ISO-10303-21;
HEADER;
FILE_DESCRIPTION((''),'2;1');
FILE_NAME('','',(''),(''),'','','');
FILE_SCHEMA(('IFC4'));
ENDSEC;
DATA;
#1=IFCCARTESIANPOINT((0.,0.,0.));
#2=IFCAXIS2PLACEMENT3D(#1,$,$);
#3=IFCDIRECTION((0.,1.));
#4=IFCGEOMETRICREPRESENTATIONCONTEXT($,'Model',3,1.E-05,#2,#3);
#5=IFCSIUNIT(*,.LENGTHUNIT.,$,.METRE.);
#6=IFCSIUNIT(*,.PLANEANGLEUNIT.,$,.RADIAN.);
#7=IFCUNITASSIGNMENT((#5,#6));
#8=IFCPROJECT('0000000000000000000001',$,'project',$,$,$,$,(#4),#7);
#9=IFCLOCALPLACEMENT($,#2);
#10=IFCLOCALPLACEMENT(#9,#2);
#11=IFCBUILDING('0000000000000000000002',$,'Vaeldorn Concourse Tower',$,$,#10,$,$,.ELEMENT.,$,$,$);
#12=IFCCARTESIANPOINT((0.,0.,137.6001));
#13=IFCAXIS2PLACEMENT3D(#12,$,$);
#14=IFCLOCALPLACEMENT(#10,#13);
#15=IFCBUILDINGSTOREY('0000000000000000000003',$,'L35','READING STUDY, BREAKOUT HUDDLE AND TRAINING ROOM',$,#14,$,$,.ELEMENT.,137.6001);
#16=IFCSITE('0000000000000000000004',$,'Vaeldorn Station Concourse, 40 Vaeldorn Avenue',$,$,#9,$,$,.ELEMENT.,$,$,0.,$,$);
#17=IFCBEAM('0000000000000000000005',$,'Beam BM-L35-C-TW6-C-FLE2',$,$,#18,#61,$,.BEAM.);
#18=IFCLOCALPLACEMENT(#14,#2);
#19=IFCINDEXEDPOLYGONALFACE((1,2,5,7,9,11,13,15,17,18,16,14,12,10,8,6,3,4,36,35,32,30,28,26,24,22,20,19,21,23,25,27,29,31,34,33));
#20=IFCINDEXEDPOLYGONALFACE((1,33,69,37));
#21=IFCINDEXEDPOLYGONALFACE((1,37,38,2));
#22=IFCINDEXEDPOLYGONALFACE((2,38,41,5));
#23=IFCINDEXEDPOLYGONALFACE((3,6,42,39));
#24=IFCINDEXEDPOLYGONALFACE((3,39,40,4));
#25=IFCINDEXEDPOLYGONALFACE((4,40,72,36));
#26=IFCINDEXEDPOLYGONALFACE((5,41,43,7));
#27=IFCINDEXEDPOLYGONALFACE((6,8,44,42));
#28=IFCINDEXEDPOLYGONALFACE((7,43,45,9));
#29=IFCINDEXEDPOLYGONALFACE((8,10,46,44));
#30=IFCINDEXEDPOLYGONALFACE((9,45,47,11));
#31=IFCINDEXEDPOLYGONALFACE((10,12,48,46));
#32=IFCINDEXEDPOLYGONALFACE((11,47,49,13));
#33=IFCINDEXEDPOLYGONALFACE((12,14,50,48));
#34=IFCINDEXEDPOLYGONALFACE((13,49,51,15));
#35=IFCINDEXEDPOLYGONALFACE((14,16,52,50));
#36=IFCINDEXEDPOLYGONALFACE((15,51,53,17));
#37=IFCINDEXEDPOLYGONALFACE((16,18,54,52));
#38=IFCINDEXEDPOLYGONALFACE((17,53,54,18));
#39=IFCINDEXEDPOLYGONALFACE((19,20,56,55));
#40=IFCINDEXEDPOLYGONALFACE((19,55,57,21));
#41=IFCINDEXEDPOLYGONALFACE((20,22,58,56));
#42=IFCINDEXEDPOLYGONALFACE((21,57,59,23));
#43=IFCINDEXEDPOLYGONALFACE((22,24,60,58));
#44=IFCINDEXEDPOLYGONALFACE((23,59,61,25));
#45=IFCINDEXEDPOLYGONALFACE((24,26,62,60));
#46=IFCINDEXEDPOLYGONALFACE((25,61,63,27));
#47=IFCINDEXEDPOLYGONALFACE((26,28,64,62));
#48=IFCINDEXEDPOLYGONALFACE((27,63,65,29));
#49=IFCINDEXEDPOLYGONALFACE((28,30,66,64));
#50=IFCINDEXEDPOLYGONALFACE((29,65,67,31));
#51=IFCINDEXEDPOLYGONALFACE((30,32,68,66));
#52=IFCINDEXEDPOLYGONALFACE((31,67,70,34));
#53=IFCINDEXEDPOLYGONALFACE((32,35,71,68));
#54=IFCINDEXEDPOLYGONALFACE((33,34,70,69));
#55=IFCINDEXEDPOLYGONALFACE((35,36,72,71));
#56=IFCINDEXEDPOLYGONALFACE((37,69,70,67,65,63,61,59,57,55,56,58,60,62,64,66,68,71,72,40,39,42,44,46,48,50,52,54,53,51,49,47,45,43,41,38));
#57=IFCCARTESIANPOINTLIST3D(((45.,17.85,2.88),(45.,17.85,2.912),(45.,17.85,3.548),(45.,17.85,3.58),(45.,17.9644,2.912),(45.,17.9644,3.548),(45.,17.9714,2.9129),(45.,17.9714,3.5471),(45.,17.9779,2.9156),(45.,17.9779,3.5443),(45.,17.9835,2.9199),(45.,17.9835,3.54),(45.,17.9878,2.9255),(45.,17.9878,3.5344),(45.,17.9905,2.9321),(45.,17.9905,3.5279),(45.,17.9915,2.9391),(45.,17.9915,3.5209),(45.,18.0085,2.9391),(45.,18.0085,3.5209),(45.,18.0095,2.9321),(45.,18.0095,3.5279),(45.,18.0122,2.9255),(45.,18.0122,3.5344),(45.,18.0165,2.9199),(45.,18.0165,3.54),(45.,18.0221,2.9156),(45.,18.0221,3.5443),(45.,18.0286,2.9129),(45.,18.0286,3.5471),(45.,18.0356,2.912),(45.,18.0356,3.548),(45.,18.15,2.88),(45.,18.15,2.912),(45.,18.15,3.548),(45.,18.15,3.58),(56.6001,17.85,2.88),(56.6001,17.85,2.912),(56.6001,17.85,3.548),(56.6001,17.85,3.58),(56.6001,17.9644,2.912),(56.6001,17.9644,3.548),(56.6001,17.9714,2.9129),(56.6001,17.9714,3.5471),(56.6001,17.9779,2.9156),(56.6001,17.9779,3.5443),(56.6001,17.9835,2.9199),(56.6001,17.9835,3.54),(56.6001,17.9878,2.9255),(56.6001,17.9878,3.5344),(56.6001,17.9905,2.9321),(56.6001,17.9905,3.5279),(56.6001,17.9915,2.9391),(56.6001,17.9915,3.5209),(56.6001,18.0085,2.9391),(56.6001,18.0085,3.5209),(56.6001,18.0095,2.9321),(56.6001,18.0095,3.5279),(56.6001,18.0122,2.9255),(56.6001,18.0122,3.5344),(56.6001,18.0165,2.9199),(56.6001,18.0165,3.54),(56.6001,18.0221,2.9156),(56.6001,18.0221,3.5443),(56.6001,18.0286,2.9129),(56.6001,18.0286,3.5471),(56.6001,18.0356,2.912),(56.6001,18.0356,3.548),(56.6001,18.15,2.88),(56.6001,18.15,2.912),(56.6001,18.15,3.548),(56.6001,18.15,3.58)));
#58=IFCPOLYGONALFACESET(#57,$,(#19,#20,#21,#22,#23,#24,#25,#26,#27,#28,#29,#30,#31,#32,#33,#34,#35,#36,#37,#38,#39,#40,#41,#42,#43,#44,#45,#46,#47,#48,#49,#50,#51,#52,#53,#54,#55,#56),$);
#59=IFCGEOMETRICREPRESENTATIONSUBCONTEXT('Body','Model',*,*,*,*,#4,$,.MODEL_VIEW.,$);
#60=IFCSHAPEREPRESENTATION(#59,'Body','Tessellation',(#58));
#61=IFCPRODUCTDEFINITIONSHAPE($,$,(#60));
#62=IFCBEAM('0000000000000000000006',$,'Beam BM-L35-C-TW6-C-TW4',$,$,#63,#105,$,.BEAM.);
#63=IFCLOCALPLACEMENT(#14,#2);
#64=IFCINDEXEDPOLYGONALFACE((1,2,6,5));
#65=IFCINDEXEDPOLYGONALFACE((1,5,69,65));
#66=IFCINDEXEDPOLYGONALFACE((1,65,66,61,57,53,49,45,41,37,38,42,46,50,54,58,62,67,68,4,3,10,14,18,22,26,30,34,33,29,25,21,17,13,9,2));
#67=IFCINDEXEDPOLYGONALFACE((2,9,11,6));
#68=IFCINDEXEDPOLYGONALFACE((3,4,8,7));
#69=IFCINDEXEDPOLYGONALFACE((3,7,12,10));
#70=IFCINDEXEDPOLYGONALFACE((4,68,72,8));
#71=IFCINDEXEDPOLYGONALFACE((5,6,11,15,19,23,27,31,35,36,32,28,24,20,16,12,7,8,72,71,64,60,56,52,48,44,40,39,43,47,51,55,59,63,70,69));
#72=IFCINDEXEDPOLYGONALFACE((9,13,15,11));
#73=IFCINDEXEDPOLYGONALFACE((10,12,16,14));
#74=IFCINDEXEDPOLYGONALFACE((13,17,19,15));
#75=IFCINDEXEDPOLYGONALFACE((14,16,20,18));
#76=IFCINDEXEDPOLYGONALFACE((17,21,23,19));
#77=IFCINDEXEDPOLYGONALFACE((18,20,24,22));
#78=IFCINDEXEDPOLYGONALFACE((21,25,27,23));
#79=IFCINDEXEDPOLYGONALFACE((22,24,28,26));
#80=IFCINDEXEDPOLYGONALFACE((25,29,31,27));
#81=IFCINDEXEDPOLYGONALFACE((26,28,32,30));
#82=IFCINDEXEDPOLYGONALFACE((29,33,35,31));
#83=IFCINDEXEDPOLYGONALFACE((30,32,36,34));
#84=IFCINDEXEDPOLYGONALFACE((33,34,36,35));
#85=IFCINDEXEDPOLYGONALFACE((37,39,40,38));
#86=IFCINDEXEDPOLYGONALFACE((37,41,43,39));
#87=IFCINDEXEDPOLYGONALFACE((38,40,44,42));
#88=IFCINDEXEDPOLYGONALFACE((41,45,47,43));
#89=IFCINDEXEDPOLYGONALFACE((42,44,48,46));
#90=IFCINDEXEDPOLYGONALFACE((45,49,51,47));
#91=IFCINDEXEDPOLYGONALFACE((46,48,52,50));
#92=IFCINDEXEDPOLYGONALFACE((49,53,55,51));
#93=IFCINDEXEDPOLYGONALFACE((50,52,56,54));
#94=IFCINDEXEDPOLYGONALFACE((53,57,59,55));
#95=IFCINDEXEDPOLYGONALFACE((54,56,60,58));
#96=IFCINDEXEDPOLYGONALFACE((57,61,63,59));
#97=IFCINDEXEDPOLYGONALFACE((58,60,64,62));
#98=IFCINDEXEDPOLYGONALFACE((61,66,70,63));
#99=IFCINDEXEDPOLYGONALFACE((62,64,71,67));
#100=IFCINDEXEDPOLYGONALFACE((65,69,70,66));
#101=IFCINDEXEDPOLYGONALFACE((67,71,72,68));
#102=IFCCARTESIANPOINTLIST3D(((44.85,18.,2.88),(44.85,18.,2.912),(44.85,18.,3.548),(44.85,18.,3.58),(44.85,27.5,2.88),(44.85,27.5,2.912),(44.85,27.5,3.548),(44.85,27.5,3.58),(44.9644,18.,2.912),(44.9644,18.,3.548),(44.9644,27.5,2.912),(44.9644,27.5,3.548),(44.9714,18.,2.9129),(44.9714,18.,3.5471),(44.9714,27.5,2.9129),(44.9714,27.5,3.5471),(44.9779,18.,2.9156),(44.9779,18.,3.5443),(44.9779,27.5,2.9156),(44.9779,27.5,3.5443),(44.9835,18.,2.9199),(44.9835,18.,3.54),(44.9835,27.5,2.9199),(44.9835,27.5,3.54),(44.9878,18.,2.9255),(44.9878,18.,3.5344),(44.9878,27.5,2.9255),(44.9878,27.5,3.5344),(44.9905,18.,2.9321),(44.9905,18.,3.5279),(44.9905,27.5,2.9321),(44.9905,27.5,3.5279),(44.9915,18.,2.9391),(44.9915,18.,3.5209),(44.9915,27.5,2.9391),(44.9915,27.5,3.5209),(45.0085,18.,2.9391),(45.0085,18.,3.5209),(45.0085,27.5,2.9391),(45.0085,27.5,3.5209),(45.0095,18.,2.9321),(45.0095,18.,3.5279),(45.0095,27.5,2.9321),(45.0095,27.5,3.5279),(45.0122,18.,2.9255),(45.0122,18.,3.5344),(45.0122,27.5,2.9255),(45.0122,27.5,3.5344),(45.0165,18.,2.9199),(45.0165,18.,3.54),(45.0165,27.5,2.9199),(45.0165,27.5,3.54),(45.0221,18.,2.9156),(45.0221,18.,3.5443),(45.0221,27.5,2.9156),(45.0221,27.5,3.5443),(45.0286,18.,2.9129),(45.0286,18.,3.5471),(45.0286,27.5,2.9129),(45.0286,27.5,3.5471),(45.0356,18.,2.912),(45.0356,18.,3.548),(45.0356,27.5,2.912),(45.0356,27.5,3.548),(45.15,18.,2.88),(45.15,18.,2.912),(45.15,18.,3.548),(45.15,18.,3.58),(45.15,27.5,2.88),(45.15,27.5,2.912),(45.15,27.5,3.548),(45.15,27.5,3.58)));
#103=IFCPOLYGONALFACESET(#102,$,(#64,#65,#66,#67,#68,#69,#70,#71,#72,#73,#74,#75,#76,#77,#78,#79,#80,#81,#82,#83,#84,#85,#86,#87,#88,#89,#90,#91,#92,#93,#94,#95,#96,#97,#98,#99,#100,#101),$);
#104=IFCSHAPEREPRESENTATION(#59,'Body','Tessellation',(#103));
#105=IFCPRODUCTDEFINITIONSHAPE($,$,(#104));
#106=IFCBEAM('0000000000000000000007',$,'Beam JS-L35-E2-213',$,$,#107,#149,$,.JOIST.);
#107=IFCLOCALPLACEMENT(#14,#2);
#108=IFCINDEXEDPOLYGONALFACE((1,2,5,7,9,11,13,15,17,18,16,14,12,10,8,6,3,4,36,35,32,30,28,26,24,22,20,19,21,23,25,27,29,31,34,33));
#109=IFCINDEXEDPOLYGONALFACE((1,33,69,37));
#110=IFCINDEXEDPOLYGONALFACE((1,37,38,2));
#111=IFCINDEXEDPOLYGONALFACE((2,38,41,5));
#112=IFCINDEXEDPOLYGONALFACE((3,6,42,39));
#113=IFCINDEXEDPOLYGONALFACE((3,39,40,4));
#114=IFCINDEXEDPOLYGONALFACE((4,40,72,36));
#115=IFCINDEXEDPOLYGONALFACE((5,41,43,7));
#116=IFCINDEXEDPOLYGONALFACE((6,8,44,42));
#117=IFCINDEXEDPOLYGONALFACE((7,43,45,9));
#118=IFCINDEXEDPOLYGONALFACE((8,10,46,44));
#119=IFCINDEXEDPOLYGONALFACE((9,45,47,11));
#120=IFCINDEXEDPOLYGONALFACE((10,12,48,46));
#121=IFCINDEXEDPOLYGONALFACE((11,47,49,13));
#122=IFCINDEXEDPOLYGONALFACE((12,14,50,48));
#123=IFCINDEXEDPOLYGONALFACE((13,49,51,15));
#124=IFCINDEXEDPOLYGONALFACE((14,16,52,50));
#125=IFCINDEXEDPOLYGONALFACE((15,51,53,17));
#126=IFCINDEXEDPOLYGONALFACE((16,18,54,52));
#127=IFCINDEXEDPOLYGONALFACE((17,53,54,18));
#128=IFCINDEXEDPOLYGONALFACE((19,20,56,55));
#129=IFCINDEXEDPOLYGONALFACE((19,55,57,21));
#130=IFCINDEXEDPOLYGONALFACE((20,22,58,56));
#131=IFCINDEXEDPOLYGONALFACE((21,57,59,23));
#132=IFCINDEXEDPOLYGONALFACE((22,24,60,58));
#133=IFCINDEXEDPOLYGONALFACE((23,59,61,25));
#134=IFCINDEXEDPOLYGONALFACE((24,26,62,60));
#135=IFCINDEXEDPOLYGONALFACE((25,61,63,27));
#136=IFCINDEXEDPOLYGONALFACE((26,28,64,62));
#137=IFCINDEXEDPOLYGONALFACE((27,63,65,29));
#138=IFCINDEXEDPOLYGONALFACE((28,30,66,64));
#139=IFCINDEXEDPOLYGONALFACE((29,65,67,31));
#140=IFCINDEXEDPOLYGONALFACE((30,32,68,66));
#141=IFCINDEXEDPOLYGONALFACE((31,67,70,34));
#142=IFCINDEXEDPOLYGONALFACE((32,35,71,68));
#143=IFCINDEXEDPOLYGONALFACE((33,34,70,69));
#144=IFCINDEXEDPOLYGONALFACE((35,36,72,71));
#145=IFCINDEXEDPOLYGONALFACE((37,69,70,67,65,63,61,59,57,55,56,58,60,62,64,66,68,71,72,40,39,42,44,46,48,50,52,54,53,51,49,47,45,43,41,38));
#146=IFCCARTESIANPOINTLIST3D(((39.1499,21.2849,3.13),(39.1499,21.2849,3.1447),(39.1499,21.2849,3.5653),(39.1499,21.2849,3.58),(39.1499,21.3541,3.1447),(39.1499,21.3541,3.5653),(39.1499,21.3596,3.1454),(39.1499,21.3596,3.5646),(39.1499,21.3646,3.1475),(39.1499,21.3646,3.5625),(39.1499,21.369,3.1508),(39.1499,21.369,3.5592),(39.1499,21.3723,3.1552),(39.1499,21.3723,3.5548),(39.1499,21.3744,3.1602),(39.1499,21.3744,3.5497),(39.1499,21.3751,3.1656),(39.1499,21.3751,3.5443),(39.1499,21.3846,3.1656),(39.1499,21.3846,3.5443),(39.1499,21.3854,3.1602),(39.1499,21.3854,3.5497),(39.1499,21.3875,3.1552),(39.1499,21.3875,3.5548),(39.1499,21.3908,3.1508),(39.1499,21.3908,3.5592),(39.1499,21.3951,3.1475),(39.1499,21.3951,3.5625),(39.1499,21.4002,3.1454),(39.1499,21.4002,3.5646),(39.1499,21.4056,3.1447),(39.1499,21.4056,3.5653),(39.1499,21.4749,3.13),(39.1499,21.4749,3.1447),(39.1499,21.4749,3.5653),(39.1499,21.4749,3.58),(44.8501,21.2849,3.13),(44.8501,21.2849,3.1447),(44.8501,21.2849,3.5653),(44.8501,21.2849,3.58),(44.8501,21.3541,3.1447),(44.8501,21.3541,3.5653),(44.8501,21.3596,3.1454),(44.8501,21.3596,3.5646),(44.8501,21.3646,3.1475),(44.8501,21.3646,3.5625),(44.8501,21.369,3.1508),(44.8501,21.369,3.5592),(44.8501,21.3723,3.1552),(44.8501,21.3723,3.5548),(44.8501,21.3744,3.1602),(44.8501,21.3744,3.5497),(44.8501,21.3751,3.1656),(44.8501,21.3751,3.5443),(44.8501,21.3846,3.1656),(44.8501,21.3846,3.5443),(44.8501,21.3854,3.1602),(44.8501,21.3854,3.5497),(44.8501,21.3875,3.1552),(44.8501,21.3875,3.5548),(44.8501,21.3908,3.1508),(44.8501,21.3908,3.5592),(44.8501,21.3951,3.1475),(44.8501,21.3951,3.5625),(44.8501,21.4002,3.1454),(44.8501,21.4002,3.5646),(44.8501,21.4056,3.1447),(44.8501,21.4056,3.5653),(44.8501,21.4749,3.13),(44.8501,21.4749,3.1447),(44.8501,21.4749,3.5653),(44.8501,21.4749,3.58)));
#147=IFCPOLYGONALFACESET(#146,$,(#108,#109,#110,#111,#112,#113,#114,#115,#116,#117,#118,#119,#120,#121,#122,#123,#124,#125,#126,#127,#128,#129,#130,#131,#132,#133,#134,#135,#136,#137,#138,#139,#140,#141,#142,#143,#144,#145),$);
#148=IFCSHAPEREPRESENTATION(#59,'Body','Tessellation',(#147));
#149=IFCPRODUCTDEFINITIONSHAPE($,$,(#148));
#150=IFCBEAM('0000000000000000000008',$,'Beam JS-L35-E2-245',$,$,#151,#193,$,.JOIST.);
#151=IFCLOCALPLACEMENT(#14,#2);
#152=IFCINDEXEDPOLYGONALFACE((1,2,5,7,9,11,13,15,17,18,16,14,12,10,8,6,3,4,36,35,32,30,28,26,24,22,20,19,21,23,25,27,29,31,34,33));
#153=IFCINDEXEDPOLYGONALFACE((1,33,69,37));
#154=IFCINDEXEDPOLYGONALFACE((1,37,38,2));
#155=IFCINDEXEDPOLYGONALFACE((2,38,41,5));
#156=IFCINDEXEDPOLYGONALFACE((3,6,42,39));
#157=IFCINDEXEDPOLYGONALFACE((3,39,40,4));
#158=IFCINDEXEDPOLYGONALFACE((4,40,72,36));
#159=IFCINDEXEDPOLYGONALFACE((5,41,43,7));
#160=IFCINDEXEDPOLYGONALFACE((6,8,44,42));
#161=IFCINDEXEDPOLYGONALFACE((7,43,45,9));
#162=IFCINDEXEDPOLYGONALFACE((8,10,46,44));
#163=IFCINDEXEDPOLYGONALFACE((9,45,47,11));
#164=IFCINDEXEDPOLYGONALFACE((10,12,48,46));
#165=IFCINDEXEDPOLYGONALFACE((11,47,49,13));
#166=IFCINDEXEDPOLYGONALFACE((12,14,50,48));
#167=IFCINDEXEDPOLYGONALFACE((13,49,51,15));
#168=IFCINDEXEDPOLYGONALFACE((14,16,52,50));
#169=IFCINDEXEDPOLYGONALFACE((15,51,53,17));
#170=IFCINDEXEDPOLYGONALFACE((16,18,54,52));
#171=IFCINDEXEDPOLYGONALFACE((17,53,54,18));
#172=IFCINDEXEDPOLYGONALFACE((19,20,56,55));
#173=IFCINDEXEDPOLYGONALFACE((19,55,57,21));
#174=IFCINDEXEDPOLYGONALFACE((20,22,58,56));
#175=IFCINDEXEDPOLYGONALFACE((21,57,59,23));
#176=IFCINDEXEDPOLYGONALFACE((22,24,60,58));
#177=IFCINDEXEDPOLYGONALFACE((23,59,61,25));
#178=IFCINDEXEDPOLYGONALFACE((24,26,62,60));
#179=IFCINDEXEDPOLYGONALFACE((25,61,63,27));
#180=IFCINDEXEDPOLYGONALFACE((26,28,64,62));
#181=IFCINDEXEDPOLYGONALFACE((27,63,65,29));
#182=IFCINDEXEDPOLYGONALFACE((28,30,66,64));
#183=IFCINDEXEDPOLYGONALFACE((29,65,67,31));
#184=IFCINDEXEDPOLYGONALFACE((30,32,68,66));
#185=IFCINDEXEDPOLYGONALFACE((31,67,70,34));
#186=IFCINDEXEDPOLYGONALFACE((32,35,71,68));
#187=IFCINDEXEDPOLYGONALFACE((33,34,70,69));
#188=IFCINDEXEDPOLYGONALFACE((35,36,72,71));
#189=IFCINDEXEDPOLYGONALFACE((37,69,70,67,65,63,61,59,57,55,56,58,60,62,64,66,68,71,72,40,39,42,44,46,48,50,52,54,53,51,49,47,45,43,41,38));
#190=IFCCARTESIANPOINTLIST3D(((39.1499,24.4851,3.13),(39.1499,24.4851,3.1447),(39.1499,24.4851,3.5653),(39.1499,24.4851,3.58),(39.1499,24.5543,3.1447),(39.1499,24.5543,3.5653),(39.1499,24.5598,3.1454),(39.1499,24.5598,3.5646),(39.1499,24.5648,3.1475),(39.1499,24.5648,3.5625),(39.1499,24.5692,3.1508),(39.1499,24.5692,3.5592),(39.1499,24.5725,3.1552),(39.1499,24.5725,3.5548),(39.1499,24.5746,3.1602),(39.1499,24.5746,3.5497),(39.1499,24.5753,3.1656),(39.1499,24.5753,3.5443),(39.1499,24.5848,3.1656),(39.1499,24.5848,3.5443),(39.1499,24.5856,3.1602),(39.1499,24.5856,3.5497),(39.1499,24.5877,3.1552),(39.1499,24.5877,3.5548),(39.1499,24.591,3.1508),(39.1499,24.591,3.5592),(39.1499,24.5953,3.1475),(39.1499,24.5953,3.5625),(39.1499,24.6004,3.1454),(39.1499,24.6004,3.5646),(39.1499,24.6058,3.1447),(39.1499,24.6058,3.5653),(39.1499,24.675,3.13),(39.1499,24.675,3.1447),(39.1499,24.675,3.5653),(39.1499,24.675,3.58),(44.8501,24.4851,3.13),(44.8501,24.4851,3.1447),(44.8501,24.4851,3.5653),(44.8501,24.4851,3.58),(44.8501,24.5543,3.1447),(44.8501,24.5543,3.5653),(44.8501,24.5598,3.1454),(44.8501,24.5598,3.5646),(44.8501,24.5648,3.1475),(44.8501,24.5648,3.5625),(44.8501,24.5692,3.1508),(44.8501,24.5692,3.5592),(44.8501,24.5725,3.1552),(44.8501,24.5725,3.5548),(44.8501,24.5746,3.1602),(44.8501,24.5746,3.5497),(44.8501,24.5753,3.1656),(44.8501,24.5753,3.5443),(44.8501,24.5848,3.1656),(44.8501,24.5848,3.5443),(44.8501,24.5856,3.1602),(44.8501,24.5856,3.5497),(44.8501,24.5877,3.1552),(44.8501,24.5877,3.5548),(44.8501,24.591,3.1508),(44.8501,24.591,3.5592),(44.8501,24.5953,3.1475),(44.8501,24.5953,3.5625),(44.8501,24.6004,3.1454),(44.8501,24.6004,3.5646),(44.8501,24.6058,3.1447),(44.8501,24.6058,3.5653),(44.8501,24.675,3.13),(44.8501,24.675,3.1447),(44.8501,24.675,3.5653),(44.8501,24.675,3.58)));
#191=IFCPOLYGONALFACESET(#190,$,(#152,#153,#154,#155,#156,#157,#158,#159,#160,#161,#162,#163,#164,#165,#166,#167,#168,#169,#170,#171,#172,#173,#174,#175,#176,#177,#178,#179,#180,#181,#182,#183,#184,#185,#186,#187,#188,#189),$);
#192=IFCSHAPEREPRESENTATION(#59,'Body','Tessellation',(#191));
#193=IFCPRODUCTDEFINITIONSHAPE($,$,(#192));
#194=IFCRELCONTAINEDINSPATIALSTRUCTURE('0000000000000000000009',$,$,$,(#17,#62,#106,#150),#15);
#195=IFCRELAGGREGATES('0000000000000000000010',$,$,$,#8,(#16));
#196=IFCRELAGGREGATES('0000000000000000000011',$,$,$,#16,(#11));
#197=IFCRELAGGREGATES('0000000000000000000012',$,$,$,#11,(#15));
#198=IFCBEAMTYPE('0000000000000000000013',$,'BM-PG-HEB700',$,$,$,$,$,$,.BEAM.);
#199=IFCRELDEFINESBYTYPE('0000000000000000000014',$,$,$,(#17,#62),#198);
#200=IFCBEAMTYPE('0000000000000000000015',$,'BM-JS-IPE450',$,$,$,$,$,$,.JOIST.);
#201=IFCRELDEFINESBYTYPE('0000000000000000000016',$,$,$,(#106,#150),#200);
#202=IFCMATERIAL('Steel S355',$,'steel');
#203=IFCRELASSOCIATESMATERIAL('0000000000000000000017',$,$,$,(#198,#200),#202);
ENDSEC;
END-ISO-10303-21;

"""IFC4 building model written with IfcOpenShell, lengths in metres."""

from ifc_helpers import new_model, si_unit, direction, frame, origin, origin_2d, place, context, subcontext, project, spatial, i_section, extrude, source, transform, mapped, material, material_profile, profile_set, type_object, element, save


model = new_model("IFC4")

# Units and contexts
model_context = context("Model", 3, precision=1e-05, world=origin(), true_north=direction((0.0, 1.0)))
body_context = subcontext(model_context, "Body", "Model", "MODEL_VIEW")
ifc_project = project(units=[si_unit("LENGTHUNIT", "METRE"), si_unit("PLANEANGLEUNIT", "RADIAN")], contexts=[model_context])

# Site, building, storey
site_placement = place(None, origin())
site = spatial("IfcSite", under=ifc_project, at=site_placement, Name="Vaeldorn Station Concourse, 40 Vaeldorn Avenue", CompositionType="ELEMENT", RefElevation=0.0)
building_placement = place(site_placement, origin())
building = spatial("IfcBuilding", under=site, at=building_placement, Name="Vaeldorn Concourse Tower", CompositionType="ELEMENT")
storey_placement = place(building_placement, frame((0.0, 0.0, 137.6001)))
storey = spatial("IfcBuildingStorey", under=building, at=storey_placement, Name="L35", Description="READING STUDY, BREAKOUT HUDDLE AND TRAINING ROOM", CompositionType="ELEMENT", Elevation=137.6001)

# Beams
ifc_material_1 = material(Name="Steel S355", Category="steel")
ifc_material_profile_1 = material_profile(ifc_material_1, i_section(OverallWidth=0.3, OverallDepth=0.7, WebThickness=0.0171, FlangeThickness=0.032, FilletRadius=0.0271, at=origin_2d()), Name="HEB 700")
ifc_profile_set_1 = profile_set([ifc_material_profile_1], Name="Steel S355")
beam_type_1 = type_object("IfcBeamType", Name="BM-PG-HEB700", PredefinedType="BEAM", material=ifc_profile_set_1)
shared_shape_1 = source(origin(), body_context, "Body", "SweptSolid", [
    extrude(i_section(OverallWidth=0.3, OverallDepth=0.7, WebThickness=0.0171, FlangeThickness=0.032, FilletRadius=0.0271, at=origin_2d()), origin(), (0.0, 0.0, 1.0), 11.6001),
])
beam_1_placement = place(storey_placement, frame((45.0, 18.0, 3.23), z_axis=(1.0, 0.0, 0.0), x_axis=(0.0, 1.0, 0.0)))
element("IfcBeam", 1, at=beam_1_placement, inside=storey, type_object=beam_type_1, Name="Beam BM-L35-C-TW6-C-FLE2", PredefinedType="BEAM", context=body_context, shape_type="MappedRepresentation", body=[
    mapped(shared_shape_1, transform((0.0, 0.0, 0.0), scale=1.0)),
])
shared_shape_2 = source(origin(), body_context, "Body", "SweptSolid", [
    extrude(i_section(OverallWidth=0.3, OverallDepth=0.7, WebThickness=0.0171, FlangeThickness=0.032, FilletRadius=0.0271, at=origin_2d()), origin(), (0.0, 0.0, 1.0), 9.5),
])
beam_2_placement = place(storey_placement, frame((45.0, 18.0, 3.23), z_axis=(0.0, 1.0, 0.0), x_axis=(-1.0, 0.0, 0.0)))
element("IfcBeam", 2, at=beam_2_placement, inside=storey, type_object=beam_type_1, Name="Beam BM-L35-C-TW6-C-TW4", PredefinedType="BEAM", context=body_context, shape_type="MappedRepresentation", body=[
    mapped(shared_shape_2, transform((0.0, 0.0, 0.0), scale=1.0)),
])
ifc_material_profile_2 = material_profile(ifc_material_1, i_section(OverallWidth=0.1899, OverallDepth=0.45, WebThickness=0.0095, FlangeThickness=0.0146, FilletRadius=0.021, at=origin_2d()), Name="IPE 450")
ifc_profile_set_2 = profile_set([ifc_material_profile_2], Name="Steel S355")
beam_type_2 = type_object("IfcBeamType", Name="BM-JS-IPE450", PredefinedType="JOIST", material=ifc_profile_set_2)
shared_shape_3 = source(origin(), body_context, "Body", "SweptSolid", [
    extrude(i_section(OverallWidth=0.1899, OverallDepth=0.45, WebThickness=0.0095, FlangeThickness=0.0146, FilletRadius=0.021, at=origin_2d()), origin(), (0.0, 0.0, 1.0), 5.7002),
])
for number, where, z_axis, x_axis, name in (
    (3, (39.1499, 21.3799, 3.355), (1.0, 0.0, 0.0), (0.0, 1.0, 0.0), "Beam JS-L35-E2-213"),
    (4, (39.1499, 24.5801, 3.355), (1.0, 0.0, 0.0), (0.0, 1.0, 0.0), "Beam JS-L35-E2-245"),
):
    element("IfcBeam", number, at=place(storey_placement, frame(where, z_axis=z_axis, x_axis=x_axis)), inside=storey, type_object=beam_type_2, Name=name, PredefinedType="JOIST", context=body_context, shape_type="MappedRepresentation", body=[
        mapped(shared_shape_3, transform((0.0, 0.0, 0.0), scale=1.0)),
    ])

save(model, "model.ifc")
